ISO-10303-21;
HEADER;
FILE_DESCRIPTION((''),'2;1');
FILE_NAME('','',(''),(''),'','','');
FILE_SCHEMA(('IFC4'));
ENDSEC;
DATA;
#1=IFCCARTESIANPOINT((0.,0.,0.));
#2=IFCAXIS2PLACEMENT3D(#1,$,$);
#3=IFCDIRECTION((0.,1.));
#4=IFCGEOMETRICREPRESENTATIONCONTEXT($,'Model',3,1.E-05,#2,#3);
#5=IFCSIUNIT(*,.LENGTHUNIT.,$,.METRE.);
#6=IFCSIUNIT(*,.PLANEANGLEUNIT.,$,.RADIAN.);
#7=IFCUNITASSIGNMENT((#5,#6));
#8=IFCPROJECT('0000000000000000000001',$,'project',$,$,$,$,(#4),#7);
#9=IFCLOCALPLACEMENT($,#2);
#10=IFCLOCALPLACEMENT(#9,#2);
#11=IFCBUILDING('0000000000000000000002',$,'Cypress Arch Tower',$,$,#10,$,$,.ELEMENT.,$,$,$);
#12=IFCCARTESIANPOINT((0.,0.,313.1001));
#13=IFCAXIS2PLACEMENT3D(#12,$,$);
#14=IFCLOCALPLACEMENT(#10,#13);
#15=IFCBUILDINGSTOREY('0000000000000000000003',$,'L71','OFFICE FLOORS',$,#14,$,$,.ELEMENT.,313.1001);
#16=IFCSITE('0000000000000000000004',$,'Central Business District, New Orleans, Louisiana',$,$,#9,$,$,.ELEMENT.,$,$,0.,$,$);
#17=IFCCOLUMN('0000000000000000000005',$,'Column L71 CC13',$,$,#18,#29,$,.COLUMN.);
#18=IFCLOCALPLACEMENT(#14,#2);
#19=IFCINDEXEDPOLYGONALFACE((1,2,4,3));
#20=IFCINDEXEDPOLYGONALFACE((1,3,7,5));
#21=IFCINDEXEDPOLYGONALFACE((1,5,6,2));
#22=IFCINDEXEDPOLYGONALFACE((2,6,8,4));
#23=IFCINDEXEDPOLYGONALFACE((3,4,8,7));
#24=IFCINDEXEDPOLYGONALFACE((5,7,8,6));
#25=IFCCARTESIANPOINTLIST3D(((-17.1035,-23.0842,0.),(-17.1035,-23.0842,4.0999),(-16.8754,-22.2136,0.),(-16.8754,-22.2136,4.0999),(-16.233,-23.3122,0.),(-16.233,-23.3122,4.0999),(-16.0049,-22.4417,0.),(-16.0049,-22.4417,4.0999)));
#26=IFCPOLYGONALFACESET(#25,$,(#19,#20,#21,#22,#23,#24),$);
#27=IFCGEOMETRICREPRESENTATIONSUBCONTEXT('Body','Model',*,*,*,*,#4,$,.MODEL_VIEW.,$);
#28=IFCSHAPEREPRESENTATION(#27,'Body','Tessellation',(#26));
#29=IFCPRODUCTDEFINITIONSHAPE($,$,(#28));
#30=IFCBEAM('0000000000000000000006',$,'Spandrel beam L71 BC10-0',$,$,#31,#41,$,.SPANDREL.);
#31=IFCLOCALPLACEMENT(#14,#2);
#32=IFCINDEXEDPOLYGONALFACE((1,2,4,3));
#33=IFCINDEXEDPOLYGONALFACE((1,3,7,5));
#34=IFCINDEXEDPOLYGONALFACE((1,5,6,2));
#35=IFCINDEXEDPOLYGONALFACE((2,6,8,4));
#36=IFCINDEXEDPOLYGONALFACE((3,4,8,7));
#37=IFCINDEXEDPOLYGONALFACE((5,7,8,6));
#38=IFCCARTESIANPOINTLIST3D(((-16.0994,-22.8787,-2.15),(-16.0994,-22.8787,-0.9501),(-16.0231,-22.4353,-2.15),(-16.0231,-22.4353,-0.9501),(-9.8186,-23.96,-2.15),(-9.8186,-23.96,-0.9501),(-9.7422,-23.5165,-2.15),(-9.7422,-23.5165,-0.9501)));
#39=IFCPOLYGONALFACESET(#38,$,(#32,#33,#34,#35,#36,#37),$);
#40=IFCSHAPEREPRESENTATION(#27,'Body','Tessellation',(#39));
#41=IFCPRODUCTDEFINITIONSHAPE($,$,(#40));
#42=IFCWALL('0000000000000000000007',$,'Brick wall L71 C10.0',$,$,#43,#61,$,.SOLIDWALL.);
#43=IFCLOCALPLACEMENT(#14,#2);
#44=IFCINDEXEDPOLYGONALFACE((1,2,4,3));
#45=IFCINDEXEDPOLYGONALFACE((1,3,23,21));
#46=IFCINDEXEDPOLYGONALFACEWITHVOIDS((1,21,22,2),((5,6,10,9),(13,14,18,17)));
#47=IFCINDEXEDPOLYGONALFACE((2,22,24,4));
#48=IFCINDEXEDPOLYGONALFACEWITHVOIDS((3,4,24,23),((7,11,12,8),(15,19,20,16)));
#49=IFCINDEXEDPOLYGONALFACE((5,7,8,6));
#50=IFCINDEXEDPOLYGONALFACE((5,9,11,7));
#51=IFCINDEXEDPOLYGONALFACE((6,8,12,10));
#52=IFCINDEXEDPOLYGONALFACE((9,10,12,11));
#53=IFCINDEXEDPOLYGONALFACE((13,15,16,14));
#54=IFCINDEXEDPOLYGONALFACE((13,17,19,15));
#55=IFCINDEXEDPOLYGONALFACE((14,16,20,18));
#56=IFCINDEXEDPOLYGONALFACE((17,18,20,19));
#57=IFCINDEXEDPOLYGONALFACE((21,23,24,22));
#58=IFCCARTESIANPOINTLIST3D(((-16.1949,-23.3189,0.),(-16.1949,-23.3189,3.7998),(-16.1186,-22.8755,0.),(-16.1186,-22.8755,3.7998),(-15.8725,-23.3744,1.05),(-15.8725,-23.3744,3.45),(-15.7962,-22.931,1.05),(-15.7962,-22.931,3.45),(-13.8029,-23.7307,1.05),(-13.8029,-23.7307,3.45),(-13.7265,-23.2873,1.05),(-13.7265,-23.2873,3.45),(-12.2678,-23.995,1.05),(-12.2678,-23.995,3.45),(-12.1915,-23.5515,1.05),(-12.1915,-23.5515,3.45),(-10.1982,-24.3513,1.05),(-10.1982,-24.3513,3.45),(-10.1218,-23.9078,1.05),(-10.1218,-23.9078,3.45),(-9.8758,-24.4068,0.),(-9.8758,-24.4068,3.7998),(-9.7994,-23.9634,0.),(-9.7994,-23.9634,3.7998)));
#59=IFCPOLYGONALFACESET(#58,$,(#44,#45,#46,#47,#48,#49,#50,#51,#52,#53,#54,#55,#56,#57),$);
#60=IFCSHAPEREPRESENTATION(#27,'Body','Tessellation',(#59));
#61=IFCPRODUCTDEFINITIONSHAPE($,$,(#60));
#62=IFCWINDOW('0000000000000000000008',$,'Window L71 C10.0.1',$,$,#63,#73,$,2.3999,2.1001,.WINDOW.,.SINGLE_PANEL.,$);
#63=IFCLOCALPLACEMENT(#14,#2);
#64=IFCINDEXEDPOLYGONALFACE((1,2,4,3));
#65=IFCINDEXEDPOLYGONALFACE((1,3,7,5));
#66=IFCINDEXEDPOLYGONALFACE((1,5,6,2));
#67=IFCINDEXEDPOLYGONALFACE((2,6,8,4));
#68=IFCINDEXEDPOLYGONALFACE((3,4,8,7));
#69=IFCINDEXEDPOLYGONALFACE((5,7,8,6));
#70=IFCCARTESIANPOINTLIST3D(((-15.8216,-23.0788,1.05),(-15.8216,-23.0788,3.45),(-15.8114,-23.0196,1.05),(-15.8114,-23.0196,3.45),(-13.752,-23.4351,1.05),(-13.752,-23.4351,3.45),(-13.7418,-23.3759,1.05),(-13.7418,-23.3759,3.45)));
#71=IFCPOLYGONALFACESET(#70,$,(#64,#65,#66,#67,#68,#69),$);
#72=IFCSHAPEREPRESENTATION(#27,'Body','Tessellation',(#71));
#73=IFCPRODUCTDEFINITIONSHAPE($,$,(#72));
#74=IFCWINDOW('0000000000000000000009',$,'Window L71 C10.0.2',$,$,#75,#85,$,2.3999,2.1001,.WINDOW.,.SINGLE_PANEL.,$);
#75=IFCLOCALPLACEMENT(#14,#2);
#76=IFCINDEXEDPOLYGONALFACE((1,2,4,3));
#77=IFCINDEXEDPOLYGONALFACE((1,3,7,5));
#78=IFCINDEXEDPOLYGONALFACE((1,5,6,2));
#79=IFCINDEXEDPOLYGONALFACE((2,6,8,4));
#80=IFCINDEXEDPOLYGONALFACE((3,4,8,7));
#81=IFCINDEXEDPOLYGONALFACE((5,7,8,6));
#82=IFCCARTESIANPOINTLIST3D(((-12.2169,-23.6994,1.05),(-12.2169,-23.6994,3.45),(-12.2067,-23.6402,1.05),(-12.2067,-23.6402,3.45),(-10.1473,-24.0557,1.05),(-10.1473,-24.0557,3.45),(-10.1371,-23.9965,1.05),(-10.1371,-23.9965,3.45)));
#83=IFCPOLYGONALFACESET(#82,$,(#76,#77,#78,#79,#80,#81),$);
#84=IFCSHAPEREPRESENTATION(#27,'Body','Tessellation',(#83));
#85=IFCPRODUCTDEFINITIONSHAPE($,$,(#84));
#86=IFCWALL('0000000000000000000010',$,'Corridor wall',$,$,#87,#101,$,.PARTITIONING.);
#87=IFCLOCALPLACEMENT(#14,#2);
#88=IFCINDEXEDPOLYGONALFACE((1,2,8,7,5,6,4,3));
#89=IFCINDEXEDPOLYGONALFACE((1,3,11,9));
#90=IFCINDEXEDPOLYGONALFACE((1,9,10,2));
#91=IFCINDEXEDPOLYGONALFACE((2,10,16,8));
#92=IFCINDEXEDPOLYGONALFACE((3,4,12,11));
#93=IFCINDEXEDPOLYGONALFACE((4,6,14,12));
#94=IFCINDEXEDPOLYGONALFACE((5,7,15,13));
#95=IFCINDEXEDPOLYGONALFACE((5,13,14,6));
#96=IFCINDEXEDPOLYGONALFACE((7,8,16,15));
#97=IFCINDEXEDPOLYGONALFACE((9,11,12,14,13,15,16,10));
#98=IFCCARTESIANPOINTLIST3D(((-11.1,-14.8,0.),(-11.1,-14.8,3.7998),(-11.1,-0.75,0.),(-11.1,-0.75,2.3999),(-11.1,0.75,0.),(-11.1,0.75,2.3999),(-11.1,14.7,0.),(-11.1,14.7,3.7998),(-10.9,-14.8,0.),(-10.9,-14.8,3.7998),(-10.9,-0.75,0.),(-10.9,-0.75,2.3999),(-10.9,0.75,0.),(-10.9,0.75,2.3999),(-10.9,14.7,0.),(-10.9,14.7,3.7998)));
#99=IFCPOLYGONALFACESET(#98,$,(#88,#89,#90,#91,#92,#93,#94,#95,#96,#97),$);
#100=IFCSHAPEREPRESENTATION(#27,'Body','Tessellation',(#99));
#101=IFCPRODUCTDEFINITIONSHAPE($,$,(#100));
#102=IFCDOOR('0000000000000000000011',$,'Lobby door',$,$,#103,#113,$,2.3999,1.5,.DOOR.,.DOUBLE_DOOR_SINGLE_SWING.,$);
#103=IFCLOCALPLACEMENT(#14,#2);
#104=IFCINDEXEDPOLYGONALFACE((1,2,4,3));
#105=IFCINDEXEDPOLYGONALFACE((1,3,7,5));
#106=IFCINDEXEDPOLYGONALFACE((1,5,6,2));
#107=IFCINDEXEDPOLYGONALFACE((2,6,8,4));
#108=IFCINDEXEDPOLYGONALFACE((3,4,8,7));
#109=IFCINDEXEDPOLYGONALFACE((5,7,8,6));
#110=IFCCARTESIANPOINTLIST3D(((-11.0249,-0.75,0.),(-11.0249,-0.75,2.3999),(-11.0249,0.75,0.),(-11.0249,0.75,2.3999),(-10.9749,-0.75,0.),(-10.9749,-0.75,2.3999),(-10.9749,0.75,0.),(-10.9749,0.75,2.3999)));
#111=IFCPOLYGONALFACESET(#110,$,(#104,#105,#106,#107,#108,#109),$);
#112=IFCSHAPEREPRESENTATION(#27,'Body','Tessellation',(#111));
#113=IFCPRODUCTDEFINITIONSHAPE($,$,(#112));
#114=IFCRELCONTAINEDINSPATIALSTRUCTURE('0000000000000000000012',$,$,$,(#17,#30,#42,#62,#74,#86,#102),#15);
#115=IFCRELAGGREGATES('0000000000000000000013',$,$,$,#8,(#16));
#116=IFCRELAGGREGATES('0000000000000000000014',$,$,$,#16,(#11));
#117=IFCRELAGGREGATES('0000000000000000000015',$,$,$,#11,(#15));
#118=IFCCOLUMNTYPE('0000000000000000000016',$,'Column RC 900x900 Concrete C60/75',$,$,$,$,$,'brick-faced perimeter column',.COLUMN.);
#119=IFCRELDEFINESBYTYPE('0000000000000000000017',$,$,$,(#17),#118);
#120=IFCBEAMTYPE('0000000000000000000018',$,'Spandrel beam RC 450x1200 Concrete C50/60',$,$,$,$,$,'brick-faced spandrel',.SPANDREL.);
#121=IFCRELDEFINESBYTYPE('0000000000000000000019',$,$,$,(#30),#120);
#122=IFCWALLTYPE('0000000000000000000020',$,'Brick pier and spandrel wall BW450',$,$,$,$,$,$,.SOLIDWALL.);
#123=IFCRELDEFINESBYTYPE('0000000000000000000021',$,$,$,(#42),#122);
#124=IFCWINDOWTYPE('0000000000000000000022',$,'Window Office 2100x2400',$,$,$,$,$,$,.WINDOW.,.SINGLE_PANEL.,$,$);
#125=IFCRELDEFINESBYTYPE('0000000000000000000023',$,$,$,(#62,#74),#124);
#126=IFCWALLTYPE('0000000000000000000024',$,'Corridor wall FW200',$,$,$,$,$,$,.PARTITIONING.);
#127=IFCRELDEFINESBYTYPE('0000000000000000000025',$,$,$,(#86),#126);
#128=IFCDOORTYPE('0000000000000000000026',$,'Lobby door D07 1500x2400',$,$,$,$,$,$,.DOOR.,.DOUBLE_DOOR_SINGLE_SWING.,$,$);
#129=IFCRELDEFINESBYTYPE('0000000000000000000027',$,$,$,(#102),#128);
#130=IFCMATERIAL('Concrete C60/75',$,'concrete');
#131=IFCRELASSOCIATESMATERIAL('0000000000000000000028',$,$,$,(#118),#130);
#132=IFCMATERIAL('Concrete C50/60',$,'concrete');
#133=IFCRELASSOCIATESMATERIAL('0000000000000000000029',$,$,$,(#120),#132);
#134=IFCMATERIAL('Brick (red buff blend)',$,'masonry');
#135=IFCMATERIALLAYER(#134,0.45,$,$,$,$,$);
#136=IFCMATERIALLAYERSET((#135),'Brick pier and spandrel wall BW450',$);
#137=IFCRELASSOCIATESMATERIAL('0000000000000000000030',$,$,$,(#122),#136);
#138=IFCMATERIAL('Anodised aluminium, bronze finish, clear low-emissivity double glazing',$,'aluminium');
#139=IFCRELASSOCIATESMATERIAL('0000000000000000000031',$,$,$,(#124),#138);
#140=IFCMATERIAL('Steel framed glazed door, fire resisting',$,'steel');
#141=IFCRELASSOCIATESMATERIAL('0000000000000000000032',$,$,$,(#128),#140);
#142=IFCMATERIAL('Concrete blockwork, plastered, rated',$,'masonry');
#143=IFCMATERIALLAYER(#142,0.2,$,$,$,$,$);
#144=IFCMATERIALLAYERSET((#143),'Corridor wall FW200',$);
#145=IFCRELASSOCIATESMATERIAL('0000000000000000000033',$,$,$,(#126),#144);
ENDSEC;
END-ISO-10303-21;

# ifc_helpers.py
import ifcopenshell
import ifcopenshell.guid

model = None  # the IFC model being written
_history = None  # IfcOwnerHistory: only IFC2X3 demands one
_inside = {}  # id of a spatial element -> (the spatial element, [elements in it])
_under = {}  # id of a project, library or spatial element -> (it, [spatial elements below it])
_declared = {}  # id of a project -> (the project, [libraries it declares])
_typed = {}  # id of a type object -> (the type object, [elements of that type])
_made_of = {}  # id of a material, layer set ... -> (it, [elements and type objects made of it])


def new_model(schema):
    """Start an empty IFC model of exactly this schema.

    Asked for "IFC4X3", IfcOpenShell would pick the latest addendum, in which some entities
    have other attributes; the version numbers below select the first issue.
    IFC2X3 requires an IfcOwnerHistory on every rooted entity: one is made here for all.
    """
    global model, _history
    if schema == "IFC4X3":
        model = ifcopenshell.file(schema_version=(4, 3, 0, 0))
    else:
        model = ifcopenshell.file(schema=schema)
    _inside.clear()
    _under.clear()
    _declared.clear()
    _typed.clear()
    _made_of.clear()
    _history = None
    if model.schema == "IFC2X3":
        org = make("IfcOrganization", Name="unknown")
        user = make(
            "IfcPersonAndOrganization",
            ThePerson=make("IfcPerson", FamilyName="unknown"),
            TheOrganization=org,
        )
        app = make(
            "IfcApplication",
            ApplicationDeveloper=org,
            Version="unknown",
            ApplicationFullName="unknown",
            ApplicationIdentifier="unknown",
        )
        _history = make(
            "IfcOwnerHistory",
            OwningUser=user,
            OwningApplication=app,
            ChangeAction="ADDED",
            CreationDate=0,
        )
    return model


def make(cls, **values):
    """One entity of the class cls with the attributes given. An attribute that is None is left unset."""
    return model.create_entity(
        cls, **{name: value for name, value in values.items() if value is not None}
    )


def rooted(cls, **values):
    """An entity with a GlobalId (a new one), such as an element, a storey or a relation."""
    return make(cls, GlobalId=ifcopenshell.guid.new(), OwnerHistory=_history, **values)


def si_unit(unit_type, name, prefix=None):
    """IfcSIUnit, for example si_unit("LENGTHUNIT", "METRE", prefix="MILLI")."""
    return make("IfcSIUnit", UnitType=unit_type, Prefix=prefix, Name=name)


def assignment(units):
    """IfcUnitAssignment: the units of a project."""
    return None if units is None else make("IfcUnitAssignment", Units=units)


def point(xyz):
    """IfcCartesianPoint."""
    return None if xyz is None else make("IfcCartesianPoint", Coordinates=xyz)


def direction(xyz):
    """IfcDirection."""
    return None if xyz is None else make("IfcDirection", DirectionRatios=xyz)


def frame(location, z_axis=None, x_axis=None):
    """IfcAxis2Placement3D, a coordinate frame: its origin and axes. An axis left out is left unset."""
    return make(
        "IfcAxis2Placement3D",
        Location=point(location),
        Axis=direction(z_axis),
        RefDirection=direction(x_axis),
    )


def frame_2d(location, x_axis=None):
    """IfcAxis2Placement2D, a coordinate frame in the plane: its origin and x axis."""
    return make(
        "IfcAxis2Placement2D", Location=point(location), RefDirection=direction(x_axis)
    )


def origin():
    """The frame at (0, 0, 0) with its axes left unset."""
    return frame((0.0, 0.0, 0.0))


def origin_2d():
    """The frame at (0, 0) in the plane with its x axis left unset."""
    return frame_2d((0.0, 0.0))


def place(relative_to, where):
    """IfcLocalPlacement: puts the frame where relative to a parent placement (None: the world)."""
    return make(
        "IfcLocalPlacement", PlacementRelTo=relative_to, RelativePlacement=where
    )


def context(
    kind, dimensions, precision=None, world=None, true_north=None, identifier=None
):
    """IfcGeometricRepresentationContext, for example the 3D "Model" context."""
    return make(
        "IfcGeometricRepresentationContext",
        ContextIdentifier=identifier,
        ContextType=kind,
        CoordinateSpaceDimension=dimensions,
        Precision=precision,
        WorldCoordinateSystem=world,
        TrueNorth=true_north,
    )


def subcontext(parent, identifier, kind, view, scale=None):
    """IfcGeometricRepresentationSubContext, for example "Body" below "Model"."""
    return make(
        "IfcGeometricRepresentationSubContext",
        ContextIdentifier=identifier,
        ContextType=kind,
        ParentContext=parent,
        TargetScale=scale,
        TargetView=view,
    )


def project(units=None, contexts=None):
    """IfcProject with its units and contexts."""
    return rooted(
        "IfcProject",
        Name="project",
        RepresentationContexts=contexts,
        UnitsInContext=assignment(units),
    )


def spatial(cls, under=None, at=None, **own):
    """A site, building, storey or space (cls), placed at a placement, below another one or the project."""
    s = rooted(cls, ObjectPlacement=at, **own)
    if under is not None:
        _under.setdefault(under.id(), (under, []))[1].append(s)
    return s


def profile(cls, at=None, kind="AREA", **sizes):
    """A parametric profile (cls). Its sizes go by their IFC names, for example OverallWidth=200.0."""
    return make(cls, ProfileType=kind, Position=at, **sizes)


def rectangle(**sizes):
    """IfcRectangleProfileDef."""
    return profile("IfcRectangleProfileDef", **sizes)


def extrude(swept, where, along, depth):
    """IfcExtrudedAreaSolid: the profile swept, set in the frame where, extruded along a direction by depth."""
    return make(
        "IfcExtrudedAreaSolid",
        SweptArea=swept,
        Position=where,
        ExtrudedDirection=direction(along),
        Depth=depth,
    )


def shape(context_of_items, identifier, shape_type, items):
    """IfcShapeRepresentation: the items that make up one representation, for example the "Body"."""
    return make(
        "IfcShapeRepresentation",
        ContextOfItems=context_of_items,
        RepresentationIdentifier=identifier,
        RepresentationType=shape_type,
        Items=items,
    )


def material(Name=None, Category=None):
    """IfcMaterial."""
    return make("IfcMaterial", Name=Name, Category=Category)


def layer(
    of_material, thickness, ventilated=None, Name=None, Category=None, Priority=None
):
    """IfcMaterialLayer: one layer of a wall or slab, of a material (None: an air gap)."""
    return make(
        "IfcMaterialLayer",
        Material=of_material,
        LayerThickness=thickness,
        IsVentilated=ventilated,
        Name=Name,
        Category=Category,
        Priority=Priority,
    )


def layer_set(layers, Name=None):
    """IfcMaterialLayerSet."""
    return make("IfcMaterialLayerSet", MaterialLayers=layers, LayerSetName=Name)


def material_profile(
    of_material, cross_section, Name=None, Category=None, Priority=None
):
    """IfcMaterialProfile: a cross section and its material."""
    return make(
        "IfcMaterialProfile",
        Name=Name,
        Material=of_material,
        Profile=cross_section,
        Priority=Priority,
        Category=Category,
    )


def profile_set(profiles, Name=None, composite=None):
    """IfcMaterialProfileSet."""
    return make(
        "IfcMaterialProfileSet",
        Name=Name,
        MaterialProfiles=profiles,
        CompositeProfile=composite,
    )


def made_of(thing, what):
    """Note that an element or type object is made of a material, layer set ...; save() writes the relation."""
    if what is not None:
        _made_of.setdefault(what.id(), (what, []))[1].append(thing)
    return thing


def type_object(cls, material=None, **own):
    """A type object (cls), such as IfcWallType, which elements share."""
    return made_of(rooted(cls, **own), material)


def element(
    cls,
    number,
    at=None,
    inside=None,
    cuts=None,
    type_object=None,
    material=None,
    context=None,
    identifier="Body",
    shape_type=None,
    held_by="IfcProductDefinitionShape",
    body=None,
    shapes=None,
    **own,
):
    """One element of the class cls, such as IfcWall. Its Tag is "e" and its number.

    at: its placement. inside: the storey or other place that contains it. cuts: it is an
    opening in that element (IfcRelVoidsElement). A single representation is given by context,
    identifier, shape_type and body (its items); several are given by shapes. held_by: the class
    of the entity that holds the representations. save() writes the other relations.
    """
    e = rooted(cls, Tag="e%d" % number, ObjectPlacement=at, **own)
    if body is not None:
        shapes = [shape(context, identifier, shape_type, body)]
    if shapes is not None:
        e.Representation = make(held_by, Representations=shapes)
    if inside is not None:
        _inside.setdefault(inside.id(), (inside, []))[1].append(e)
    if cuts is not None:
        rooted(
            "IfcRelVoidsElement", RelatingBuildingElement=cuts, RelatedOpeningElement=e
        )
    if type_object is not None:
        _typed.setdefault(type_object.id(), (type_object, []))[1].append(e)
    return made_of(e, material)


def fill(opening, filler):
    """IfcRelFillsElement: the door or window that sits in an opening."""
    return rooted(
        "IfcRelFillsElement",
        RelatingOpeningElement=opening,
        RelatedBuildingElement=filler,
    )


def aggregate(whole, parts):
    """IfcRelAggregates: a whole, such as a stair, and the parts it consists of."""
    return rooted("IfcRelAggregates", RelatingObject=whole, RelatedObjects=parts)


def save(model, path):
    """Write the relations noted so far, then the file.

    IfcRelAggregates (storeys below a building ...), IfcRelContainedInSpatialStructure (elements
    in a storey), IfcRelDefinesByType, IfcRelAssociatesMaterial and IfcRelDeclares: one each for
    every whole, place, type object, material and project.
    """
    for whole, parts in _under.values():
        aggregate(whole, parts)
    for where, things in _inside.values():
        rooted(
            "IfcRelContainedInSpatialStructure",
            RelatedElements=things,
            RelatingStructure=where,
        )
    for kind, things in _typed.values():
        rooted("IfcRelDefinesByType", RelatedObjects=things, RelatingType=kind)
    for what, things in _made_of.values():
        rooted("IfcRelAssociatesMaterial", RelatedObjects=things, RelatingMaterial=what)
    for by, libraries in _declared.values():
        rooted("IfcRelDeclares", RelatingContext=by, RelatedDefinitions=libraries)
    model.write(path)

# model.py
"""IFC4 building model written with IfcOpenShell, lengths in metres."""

from ifc_helpers import new_model, si_unit, direction, frame, frame_2d, origin, origin_2d, place, context, subcontext, project, spatial, rectangle, extrude, material, layer, layer_set, material_profile, profile_set, type_object, element, fill, save


model = new_model("IFC4")

# Units and contexts
model_context = context("Model", 3, precision=1e-05, world=origin(), true_north=direction((0.0, 1.0)))
body_context = subcontext(model_context, "Body", "Model", "MODEL_VIEW")
ifc_project = project(units=[si_unit("LENGTHUNIT", "METRE"), si_unit("PLANEANGLEUNIT", "RADIAN")], contexts=[model_context])

# Site, building, storey
site_placement = place(None, origin())
site = spatial("IfcSite", under=ifc_project, at=site_placement, Name="Central Business District, New Orleans, Louisiana", CompositionType="ELEMENT", RefElevation=0.0)
building_placement = place(site_placement, origin())
building = spatial("IfcBuilding", under=site, at=building_placement, Name="Cypress Arch Tower", CompositionType="ELEMENT")
storey_placement = place(building_placement, frame((0.0, 0.0, 313.1001)))
storey = spatial("IfcBuildingStorey", under=building, at=storey_placement, Name="L71", Description="OFFICE FLOORS", CompositionType="ELEMENT", Elevation=313.1001)

# Column
ifc_material_1 = material(Name="Concrete C60/75", Category="concrete")
ifc_material_profile_1 = material_profile(ifc_material_1, rectangle(XDim=0.8999, YDim=0.8999, at=origin_2d()), Name="RC 900x900")
ifc_profile_set_1 = profile_set([ifc_material_profile_1], Name="Concrete C60/75")
column_type = type_object("IfcColumnType", Name="Column RC 900x900 Concrete C60/75", ElementType="brick-faced perimeter column", PredefinedType="COLUMN", material=ifc_profile_set_1)
column_placement = place(storey_placement, frame((-16.5542, -22.7629, 0.0), z_axis=(0.0, 0.0, 1.0), x_axis=(0.967356, -0.253422, 0.0)))
element("IfcColumn", 1, at=column_placement, inside=storey, type_object=column_type, Name="Column L71 CC13", PredefinedType="COLUMN", context=body_context, shape_type="SweptSolid", body=[
    extrude(rectangle(XDim=0.8999, YDim=0.8999, at=origin_2d()), origin(), (0.0, 0.0, 1.0), 4.0999),
])

# Beam
ifc_material_2 = material(Name="Concrete C50/60", Category="concrete")
ifc_material_profile_2 = material_profile(ifc_material_2, rectangle(XDim=0.45, YDim=1.2, at=origin_2d()), Name="RC 450x1200")
ifc_profile_set_2 = profile_set([ifc_material_profile_2], Name="Concrete C50/60")
beam_type = type_object("IfcBeamType", Name="Spandrel beam RC 450x1200 Concrete C50/60", ElementType="brick-faced spandrel", PredefinedType="SPANDREL", material=ifc_profile_set_2)
beam_placement = place(storey_placement, frame((-16.0613, -22.657, -1.55), z_axis=(0.985503, -0.169658, 0.0), x_axis=(0.169658, 0.985503, 0.0)))
element("IfcBeam", 2, at=beam_placement, inside=storey, type_object=beam_type, Name="Spandrel beam L71 BC10-0", PredefinedType="SPANDREL", context=body_context, shape_type="SweptSolid", body=[
    extrude(rectangle(XDim=0.45, YDim=1.2, at=origin_2d()), origin(), (0.0, 0.0, 1.0), 6.3733),
])

# Wall, openings, windows
ifc_material_3 = material(Name="Brick (red buff blend)", Category="masonry")
ifc_layer_1 = layer(ifc_material_3, 0.45)
ifc_layer_set_1 = layer_set([ifc_layer_1], Name="Brick pier and spandrel wall BW450")
wall_type_1 = type_object("IfcWallType", Name="Brick pier and spandrel wall BW450", PredefinedType="SOLIDWALL", material=ifc_layer_set_1)
wall_1_placement = place(storey_placement, frame((-16.1567, -23.0972, 0.0), z_axis=(0.0, 0.0, 1.0), x_axis=(0.985502, -0.169663, 0.0)))
wall_1 = element("IfcWall", 3, at=wall_1_placement, inside=storey, type_object=wall_type_1, Name="Brick wall L71 C10.0", PredefinedType="SOLIDWALL", context=body_context, shape_type="SweptSolid", body=[
    extrude(rectangle(XDim=6.4121, YDim=0.45, at=frame_2d((3.2061, 0.0))), origin(), (0.0, 0.0, 1.0), 3.7998),
])
opening_1_placement = place(wall_1_placement, frame((0.3271, 0.0, 1.05)))
opening_1 = element("IfcOpeningElement", 4, at=opening_1_placement, cuts=wall_1, PredefinedType="OPENING", context=body_context, shape_type="SweptSolid", body=[
    extrude(rectangle(XDim=2.1001, YDim=2.3999, at=frame_2d((1.05, 1.2))), frame((0.0, 0.2349, 0.0), z_axis=(0.0, -1.0, 0.0), x_axis=(1.0, 0.0, 0.0)), (0.0, 0.0, 1.0), 0.47),
])
opening_2_placement = place(wall_1_placement, frame((3.9849, 0.0, 1.05)))
opening_2 = element("IfcOpeningElement", 5, at=opening_2_placement, cuts=wall_1, PredefinedType="OPENING", context=body_context, shape_type="SweptSolid", body=[
    extrude(rectangle(XDim=2.1001, YDim=2.3999, at=frame_2d((1.05, 1.2))), frame((0.0, 0.2349, 0.0), z_axis=(0.0, -1.0, 0.0), x_axis=(1.0, 0.0, 0.0)), (0.0, 0.0, 1.0), 0.47),
])
ifc_material_4 = material(Name="Anodised aluminium, bronze finish, clear low-emissivity double glazing", Category="aluminium")
window_type = type_object("IfcWindowType", Name="Window Office 2100x2400", PartitioningType="SINGLE_PANEL", PredefinedType="WINDOW", material=ifc_material_4)
window_1_placement = place(opening_1_placement, origin())
window_1 = element("IfcWindow", 6, at=window_1_placement, inside=storey, type_object=window_type, Name="Window L71 C10.0.1", OverallHeight=2.3999, OverallWidth=2.1001, PartitioningType="SINGLE_PANEL", PredefinedType="WINDOW", context=body_context, shape_type="SweptSolid", body=[
    extrude(rectangle(XDim=2.1001, YDim=2.3999, at=frame_2d((1.05, 1.2))), frame((0.0, 0.135, 0.0), z_axis=(0.0, -1.0, 0.0), x_axis=(1.0, 0.0, 0.0)), (0.0, 0.0, 1.0), 0.0601),
])
fill(opening_1, window_1)
window_2_placement = place(opening_2_placement, origin())
window_2 = element("IfcWindow", 7, at=window_2_placement, inside=storey, type_object=window_type, Name="Window L71 C10.0.2", OverallHeight=2.3999, OverallWidth=2.1001, PartitioningType="SINGLE_PANEL", PredefinedType="WINDOW", context=body_context, shape_type="SweptSolid", body=[
    extrude(rectangle(XDim=2.1001, YDim=2.3999, at=frame_2d((1.05, 1.2))), frame((0.0, 0.135, 0.0), z_axis=(0.0, -1.0, 0.0), x_axis=(1.0, 0.0, 0.0)), (0.0, 0.0, 1.0), 0.0601),
])
fill(opening_2, window_2)

# Shared definitions
ifc_material_5 = material(Name="Steel framed glazed door, fire resisting", Category="steel")
door_type_1 = type_object("IfcDoorType", Name="Lobby door D07 1500x2400", OperationType="DOUBLE_DOOR_SINGLE_SWING", PredefinedType="DOOR", material=ifc_material_5)

# Shared definitions
ifc_material_6 = material(Name="Concrete blockwork, plastered, rated", Category="masonry")
ifc_layer_2 = layer(ifc_material_6, 0.2)
ifc_layer_set_2 = layer_set([ifc_layer_2], Name="Corridor wall FW200")
wall_type_2 = type_object("IfcWallType", Name="Corridor wall FW200", PredefinedType="PARTITIONING", material=ifc_layer_set_2)

# Wall, opening, door
wall_2_placement = place(storey_placement, frame((-11.0, -14.8, 0.0), z_axis=(0.0, 0.0, 1.0), x_axis=(0.0, 1.0, 0.0)))
wall_2 = element("IfcWall", 8, at=wall_2_placement, inside=storey, type_object=wall_type_2, Name="Corridor wall", PredefinedType="PARTITIONING", context=body_context, shape_type="SweptSolid", body=[
    extrude(rectangle(XDim=29.5, YDim=0.2, at=frame_2d((14.75, 0.0))), origin(), (0.0, 0.0, 1.0), 3.7998),
])
opening_3_placement = place(wall_2_placement, frame((14.05, 0.0, 0.0)))
opening_3 = element("IfcOpeningElement", 9, at=opening_3_placement, cuts=wall_2, PredefinedType="OPENING", context=body_context, shape_type="SweptSolid", body=[
    extrude(rectangle(XDim=1.5, YDim=2.3999, at=frame_2d((0.75, 1.2))), frame((0.0, 0.1099, 0.0), z_axis=(0.0, -1.0, 0.0), x_axis=(1.0, 0.0, 0.0)), (0.0, 0.0, 1.0), 0.22),
])
door_1_placement = place(opening_3_placement, origin())
door_1 = element("IfcDoor", 10, at=door_1_placement, inside=storey, type_object=door_type_1, Name="Lobby door", OperationType="DOUBLE_DOOR_SINGLE_SWING", OverallHeight=2.3999, OverallWidth=1.5, PredefinedType="DOOR", context=body_context, shape_type="SweptSolid", body=[
    extrude(rectangle(XDim=1.5, YDim=2.3999, at=frame_2d((0.75, 1.2))), frame((0.0, 0.0249, 0.0), z_axis=(0.0, -1.0, 0.0), x_axis=(1.0, 0.0, 0.0)), (0.0, 0.0, 1.0), 0.05),
])
fill(opening_3, door_1)

save(model, "model.ifc")
